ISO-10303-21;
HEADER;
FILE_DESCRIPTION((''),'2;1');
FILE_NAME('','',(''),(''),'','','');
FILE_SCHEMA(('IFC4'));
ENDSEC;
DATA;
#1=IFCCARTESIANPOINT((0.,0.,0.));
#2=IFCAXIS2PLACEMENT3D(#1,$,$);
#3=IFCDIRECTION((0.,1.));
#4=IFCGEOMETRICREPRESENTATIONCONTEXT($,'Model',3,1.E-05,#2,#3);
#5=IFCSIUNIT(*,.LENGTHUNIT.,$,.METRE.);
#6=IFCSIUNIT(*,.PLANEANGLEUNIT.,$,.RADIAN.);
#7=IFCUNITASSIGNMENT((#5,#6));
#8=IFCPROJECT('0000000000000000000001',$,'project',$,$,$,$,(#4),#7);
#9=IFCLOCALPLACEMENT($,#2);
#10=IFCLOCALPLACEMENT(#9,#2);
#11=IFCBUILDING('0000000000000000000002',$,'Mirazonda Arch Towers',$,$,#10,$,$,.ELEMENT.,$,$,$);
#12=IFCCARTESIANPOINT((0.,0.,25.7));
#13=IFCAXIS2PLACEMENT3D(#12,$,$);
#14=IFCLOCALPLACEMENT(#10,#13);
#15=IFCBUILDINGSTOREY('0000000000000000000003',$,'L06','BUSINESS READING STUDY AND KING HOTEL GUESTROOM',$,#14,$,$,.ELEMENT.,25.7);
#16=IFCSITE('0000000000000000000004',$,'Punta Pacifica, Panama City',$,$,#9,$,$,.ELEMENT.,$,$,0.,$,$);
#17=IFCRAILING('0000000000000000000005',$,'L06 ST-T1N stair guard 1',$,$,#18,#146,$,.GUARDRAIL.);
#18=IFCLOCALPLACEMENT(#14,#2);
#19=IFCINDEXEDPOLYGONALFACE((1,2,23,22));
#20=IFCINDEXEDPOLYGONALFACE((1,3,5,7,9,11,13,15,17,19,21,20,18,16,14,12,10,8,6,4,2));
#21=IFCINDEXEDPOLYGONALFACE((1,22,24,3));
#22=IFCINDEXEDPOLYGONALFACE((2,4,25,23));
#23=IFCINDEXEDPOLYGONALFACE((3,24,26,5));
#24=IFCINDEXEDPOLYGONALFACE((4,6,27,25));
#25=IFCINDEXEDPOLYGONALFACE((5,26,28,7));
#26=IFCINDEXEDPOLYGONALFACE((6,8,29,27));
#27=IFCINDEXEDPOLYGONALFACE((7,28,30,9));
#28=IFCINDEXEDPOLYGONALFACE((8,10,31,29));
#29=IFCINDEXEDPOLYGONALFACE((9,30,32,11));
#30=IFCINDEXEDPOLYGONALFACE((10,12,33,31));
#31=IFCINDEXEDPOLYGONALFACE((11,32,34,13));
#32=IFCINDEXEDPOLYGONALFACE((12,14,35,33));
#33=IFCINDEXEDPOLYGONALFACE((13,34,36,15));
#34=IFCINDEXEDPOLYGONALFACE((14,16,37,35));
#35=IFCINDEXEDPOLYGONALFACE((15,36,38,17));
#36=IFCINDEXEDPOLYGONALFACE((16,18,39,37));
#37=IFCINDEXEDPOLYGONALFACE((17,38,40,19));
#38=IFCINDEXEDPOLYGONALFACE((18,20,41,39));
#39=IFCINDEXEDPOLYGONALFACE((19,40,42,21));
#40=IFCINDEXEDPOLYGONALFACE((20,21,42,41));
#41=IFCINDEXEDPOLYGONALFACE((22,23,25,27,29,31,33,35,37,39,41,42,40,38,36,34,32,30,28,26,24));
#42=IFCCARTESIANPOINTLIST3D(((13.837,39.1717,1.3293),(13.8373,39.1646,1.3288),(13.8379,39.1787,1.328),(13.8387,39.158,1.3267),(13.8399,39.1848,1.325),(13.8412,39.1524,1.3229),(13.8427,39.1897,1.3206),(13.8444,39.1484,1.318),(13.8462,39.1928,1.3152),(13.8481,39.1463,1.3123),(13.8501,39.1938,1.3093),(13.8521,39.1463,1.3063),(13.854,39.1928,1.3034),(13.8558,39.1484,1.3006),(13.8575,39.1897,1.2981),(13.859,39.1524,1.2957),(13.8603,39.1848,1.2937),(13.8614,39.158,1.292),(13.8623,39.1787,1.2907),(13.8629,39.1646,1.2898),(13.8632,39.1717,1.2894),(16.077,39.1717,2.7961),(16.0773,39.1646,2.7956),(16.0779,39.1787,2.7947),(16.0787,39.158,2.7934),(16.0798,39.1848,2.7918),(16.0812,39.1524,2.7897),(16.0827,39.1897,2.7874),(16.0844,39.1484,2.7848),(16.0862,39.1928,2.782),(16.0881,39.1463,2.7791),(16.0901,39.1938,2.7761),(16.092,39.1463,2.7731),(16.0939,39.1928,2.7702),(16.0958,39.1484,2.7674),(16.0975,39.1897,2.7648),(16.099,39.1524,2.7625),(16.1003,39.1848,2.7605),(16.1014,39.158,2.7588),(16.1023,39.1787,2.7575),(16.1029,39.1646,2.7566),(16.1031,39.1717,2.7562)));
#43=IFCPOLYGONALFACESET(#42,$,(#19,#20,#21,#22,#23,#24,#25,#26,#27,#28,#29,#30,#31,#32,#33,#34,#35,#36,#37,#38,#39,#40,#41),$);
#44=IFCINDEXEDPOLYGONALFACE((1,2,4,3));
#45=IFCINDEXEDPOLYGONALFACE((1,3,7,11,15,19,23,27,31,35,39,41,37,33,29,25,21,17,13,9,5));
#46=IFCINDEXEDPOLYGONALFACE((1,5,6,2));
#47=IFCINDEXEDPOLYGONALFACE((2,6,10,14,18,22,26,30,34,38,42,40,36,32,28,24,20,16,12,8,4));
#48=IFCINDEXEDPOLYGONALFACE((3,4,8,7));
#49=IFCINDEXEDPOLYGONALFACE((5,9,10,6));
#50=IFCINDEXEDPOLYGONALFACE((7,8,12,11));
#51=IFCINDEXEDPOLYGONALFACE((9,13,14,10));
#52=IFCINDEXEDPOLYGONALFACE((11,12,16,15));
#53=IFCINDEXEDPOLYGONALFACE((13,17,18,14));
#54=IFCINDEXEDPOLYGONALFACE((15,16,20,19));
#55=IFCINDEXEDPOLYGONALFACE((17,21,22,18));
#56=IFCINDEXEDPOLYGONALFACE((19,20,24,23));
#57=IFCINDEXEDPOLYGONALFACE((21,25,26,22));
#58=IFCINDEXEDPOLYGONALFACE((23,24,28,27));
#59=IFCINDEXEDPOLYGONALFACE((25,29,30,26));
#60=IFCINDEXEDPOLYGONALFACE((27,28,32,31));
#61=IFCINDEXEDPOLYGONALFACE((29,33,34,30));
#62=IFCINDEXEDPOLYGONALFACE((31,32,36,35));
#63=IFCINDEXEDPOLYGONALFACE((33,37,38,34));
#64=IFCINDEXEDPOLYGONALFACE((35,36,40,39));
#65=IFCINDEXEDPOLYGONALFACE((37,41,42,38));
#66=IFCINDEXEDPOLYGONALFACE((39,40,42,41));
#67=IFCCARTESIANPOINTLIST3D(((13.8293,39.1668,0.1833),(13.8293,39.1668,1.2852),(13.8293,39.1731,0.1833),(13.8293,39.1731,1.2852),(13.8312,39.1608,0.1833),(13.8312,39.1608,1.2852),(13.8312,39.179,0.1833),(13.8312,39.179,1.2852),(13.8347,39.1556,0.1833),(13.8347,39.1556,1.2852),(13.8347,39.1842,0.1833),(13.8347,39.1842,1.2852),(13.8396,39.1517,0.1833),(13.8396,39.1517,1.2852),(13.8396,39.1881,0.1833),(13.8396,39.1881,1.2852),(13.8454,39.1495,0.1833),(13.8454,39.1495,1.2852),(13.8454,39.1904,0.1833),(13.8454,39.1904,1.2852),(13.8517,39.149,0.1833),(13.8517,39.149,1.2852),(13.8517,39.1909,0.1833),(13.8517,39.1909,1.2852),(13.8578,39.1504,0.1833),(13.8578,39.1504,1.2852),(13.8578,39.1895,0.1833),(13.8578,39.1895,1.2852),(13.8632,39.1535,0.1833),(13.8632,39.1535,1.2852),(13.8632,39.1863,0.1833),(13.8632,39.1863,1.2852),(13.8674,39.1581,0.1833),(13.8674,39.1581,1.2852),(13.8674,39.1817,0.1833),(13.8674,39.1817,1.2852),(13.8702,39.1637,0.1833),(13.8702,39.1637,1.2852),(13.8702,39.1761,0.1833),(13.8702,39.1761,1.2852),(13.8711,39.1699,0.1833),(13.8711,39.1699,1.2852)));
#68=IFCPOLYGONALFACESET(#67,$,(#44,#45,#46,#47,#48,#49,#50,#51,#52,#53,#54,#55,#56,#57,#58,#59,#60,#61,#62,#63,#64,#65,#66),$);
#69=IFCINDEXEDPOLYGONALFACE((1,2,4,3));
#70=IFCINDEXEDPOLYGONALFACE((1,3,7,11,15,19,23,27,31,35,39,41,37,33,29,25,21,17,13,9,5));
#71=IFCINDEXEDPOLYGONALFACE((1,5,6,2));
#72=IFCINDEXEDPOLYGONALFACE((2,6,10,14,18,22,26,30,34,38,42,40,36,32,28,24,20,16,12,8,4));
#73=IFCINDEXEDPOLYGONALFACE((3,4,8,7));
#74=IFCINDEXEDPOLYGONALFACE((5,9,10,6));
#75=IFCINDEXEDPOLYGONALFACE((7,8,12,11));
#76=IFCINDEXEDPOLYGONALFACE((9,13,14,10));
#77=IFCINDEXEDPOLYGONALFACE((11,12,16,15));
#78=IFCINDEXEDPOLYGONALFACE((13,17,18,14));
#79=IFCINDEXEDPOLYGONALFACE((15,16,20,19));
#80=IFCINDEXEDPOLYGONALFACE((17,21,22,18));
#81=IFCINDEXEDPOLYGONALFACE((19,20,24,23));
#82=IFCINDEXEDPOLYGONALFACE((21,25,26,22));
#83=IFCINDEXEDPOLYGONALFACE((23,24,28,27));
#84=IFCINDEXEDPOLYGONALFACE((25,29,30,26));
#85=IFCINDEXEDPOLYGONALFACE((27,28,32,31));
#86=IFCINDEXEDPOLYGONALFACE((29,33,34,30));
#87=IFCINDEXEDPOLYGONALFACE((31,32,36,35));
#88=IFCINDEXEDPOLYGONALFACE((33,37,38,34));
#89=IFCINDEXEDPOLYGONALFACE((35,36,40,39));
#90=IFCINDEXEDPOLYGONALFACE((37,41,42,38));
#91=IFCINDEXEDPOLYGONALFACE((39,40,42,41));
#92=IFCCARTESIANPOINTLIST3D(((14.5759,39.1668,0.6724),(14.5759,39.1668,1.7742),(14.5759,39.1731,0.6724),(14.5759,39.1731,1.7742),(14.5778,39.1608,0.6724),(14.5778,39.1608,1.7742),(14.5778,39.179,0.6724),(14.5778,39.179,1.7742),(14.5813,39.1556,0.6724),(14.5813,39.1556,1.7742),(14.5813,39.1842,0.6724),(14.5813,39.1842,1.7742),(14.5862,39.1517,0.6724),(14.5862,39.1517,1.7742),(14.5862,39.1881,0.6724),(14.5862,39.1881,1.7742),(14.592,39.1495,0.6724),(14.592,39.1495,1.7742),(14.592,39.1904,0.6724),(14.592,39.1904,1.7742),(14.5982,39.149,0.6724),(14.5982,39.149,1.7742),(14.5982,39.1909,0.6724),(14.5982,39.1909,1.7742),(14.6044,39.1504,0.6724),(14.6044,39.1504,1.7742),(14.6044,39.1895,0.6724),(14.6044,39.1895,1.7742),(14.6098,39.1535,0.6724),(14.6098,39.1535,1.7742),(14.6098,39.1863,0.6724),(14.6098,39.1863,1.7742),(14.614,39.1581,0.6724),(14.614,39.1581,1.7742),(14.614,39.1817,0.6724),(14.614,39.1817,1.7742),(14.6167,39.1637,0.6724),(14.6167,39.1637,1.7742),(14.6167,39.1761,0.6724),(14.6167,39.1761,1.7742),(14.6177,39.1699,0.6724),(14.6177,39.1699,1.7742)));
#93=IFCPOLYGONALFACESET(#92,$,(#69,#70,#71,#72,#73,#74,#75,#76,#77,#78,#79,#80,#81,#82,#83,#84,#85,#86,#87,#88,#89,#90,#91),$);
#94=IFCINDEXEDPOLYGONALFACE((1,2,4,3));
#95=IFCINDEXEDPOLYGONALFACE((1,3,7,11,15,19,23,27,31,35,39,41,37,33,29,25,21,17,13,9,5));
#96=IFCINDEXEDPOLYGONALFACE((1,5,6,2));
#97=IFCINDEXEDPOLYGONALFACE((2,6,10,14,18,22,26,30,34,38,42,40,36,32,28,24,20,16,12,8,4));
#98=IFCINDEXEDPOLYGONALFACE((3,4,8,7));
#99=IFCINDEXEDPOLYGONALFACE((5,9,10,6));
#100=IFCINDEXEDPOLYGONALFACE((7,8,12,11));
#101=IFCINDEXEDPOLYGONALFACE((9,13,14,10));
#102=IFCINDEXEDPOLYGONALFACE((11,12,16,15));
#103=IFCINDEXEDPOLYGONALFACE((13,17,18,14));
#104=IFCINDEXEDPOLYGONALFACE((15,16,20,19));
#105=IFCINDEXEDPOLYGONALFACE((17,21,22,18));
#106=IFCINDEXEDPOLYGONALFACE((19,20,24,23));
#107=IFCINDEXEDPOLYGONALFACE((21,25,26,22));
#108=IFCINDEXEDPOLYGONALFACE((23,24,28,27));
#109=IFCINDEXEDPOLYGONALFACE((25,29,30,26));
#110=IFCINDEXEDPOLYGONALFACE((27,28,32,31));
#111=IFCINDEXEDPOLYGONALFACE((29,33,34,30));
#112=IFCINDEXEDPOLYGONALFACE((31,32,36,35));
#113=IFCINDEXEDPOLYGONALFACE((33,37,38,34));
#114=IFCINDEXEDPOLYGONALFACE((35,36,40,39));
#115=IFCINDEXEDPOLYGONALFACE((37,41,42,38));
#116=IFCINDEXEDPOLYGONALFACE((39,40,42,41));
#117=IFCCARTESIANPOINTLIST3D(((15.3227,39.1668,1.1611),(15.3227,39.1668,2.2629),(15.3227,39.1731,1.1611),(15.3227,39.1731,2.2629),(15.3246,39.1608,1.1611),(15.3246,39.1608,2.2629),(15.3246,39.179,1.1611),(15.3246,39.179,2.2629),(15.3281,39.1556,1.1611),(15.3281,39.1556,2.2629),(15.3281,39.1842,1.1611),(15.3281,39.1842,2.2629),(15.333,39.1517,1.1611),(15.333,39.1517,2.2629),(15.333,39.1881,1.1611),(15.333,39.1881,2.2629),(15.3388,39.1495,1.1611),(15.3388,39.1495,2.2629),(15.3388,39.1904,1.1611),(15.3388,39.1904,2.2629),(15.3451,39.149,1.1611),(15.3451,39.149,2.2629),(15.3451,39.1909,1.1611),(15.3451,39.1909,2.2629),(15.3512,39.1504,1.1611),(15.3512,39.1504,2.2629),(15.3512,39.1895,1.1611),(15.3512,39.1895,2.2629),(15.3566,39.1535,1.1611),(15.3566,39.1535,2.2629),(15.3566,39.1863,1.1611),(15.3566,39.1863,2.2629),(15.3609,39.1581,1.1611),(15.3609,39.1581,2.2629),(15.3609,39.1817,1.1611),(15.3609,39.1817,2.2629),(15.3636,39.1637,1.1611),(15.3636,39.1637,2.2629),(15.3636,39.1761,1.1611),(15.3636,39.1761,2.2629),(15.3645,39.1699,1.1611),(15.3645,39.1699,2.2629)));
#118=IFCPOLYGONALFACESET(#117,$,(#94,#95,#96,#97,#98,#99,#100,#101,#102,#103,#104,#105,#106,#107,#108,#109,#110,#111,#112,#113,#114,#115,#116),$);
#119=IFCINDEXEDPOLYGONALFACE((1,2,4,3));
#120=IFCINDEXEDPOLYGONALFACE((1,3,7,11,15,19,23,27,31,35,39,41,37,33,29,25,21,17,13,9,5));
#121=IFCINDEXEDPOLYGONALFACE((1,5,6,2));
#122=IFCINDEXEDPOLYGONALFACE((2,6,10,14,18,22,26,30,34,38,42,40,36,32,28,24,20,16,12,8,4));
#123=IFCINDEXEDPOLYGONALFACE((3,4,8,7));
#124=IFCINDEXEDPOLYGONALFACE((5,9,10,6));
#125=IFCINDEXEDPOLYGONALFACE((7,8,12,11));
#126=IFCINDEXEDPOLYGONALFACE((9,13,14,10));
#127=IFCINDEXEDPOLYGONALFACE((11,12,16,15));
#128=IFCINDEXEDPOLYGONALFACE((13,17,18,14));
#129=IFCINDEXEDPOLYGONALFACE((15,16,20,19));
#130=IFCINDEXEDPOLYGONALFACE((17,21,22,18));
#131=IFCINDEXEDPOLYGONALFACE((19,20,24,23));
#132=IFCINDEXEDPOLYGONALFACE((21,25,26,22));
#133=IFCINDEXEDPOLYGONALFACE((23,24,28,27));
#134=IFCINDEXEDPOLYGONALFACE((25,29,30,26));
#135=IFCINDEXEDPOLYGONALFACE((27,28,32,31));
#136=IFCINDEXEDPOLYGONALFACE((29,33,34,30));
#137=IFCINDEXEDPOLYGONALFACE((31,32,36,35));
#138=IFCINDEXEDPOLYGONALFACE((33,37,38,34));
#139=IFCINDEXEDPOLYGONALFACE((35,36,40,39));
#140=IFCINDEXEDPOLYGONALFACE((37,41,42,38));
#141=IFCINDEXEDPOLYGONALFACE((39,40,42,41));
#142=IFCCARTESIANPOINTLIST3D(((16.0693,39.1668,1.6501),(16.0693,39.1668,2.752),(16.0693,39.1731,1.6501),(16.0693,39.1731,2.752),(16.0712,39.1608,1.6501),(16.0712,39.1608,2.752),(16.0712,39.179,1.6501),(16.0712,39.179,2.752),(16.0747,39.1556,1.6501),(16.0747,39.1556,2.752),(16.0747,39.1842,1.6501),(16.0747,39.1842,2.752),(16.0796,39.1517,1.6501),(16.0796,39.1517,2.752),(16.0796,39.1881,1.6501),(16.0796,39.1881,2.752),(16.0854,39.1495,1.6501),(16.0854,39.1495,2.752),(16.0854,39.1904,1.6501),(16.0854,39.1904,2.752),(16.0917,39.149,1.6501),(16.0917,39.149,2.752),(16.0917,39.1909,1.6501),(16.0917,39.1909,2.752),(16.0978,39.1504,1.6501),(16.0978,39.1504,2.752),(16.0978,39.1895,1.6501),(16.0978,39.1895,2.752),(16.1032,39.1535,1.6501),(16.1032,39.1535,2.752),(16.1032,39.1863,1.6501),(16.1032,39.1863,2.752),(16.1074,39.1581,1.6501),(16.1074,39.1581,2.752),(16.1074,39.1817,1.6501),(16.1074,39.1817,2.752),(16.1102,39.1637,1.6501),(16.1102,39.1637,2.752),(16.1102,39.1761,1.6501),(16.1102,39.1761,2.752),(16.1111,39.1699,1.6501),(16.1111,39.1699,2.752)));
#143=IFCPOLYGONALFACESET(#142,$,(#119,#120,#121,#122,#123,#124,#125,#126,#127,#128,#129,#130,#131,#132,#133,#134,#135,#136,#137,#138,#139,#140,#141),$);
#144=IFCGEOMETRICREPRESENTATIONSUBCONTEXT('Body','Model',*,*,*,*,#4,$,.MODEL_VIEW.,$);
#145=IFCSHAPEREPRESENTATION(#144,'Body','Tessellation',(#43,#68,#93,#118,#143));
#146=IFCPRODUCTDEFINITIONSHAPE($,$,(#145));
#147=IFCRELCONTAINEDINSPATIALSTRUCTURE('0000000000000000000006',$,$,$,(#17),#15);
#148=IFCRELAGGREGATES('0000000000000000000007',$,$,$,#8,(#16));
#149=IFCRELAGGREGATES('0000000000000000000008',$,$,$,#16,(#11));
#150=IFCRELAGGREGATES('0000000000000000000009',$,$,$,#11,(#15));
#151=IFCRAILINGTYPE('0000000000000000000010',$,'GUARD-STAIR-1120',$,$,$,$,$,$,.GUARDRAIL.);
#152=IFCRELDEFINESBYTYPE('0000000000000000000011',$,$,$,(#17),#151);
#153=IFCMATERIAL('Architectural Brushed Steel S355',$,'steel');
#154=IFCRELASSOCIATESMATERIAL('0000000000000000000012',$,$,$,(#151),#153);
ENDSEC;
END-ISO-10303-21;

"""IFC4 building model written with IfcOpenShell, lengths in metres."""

from ifc_helpers import new_model, si_unit, direction, frame, origin, origin_2d, place, context, subcontext, project, spatial, circle, extrude, material, type_object, element, save


model = new_model("IFC4")

# Units and contexts
model_context = context("Model", 3, precision=1e-05, world=origin(), true_north=direction((0.0, 1.0)))
body_context = subcontext(model_context, "Body", "Model", "MODEL_VIEW")
ifc_project = project(units=[si_unit("LENGTHUNIT", "METRE"), si_unit("PLANEANGLEUNIT", "RADIAN")], contexts=[model_context])

# Site, building, storey
site_placement = place(None, origin())
site = spatial("IfcSite", under=ifc_project, at=site_placement, Name="Punta Pacifica, Panama City", CompositionType="ELEMENT", RefElevation=0.0)
building_placement = place(site_placement, origin())
building = spatial("IfcBuilding", under=site, at=building_placement, Name="Mirazonda Arch Towers", CompositionType="ELEMENT")
storey_placement = place(building_placement, frame((0.0, 0.0, 25.7)))
storey = spatial("IfcBuildingStorey", under=building, at=storey_placement, Name="L06", Description="BUSINESS READING STUDY AND KING HOTEL GUESTROOM", CompositionType="ELEMENT", Elevation=25.7)

# Shared definitions
ifc_material_1 = material(Name="Architectural Brushed Steel S355", Category="steel")

# Railing
railing_type_1 = type_object("IfcRailingType", Name="GUARD-STAIR-1120", PredefinedType="GUARDRAIL", material=ifc_material_1)
railing_1_placement = place(storey_placement, frame((13.8501, 39.1699, 0.1833)))
element("IfcRailing", 1, at=railing_1_placement, inside=storey, type_object=railing_type_1, Name="L06 ST-T1N stair guard 1", PredefinedType="GUARDRAIL", context=body_context, shape_type="SweptSolid", body=[
    extrude(circle(Radius=0.0239, at=origin_2d()), frame((0.0, 0.0, 1.126), z_axis=(0.836595, 0.0, 0.547822), x_axis=(0.0, 1.0, 0.0)), (0.0, 0.0, 1.0), 2.6775),
    extrude(circle(Radius=0.021, at=origin_2d()), origin(), (0.0, 0.0, 1.0), 1.1018),
    extrude(circle(Radius=0.021, at=origin_2d()), frame((0.7466, 0.0, 0.489)), (0.0, 0.0, 1.0), 1.1018),
    extrude(circle(Radius=0.021, at=origin_2d()), frame((1.4934, 0.0, 0.9778)), (0.0, 0.0, 1.0), 1.1018),
    extrude(circle(Radius=0.021, at=origin_2d()), frame((2.24, 0.0, 1.4668)), (0.0, 0.0, 1.0), 1.1018),
])

save(model, "model.ifc")
